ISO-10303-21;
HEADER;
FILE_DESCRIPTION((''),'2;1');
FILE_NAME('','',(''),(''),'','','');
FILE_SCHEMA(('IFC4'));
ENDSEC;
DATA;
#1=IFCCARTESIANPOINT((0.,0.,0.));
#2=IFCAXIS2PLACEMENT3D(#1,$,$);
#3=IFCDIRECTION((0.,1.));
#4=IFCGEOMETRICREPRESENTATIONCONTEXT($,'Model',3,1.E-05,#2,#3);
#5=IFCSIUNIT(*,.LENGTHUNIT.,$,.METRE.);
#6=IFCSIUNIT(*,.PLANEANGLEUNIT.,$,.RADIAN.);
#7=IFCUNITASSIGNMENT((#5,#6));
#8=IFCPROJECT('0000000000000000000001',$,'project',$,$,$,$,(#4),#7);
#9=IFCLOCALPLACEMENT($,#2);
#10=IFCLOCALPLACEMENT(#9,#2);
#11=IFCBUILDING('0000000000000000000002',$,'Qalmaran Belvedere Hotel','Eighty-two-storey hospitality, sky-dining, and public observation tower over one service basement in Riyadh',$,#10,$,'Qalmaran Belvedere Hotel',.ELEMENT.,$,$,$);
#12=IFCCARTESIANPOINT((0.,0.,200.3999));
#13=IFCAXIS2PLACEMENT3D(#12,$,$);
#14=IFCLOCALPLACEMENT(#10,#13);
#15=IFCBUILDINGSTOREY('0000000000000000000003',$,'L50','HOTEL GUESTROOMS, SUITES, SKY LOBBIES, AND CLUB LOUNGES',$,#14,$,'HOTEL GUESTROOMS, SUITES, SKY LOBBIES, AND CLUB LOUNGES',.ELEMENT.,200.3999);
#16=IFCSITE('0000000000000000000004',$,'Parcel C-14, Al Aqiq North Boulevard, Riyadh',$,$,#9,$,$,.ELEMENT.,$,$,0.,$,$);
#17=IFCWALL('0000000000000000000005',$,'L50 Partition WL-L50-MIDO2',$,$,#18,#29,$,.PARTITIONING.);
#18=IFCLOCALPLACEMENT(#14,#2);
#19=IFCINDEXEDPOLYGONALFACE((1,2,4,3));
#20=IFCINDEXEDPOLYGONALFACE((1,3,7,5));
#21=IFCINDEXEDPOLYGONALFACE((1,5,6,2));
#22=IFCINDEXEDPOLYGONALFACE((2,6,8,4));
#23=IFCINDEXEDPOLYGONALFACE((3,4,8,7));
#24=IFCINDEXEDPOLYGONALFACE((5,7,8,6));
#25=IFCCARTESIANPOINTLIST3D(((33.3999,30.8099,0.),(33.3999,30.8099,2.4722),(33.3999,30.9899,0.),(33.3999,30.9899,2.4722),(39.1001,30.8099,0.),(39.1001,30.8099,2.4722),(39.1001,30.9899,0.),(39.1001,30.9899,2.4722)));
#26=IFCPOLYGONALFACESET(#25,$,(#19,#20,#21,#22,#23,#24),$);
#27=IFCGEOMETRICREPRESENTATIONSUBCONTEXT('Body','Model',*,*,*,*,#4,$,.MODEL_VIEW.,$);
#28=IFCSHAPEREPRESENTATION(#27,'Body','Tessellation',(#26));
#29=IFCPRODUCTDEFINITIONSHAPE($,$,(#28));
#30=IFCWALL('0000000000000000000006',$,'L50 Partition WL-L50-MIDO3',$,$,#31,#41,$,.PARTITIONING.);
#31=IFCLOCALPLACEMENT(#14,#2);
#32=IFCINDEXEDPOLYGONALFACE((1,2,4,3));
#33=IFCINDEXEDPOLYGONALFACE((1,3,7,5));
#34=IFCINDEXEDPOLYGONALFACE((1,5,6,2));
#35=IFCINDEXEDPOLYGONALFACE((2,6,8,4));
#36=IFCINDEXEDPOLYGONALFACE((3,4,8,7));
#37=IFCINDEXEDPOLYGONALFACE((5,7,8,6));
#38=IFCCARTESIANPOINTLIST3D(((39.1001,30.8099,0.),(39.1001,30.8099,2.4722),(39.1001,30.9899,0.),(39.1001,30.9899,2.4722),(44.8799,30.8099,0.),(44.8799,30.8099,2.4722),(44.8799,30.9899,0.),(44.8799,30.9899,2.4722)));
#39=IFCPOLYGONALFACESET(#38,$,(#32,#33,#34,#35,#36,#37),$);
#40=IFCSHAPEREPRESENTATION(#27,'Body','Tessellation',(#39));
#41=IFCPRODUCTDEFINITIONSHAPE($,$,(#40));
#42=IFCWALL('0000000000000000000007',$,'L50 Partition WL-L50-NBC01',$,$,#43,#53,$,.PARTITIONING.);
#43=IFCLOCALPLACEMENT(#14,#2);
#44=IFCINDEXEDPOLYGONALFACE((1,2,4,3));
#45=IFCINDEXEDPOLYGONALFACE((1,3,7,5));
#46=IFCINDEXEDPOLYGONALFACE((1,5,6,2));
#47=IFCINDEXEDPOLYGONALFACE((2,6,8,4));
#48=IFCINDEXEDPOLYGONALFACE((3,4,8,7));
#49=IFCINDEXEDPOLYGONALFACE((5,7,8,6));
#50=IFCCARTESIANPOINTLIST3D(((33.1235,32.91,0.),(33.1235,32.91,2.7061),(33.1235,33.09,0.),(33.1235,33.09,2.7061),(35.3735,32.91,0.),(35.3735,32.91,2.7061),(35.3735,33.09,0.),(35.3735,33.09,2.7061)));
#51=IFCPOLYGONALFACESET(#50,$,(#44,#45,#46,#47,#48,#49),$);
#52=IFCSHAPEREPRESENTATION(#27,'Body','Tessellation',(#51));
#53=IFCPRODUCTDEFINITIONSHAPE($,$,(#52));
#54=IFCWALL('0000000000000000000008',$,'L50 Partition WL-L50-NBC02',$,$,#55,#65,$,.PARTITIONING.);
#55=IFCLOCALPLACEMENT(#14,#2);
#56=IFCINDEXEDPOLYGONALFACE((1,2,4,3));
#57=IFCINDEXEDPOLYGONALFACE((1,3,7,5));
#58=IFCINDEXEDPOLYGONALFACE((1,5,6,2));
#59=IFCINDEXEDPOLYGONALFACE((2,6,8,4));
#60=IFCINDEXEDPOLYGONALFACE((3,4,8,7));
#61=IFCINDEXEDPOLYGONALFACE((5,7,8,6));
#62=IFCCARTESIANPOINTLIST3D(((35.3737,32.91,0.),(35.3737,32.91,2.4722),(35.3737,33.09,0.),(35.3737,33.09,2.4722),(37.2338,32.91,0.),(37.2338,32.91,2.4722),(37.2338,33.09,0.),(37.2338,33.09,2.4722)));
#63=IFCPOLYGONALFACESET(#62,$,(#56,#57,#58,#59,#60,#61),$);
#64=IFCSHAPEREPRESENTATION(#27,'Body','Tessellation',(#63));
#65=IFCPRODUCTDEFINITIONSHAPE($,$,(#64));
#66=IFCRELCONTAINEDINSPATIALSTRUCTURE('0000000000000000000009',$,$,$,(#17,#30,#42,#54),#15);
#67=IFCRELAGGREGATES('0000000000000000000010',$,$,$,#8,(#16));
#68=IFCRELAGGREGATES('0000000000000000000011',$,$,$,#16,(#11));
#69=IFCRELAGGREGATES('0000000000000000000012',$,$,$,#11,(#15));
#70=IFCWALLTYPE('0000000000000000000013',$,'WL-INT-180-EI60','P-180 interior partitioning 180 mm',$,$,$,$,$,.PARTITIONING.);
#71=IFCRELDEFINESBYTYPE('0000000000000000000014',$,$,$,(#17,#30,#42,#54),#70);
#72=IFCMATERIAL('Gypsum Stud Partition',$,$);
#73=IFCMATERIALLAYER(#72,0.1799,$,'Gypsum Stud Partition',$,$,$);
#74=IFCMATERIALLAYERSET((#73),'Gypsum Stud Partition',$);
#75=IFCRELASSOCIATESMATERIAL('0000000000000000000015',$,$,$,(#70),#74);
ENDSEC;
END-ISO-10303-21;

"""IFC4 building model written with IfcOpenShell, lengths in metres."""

from ifc_helpers import new_model, si_unit, direction, frame, frame_2d, origin, place, context, subcontext, project, spatial, rectangle, extrude, material, layer, layer_set, type_object, element, save


model = new_model("IFC4")

# Units and contexts
model_context = context("Model", 3, precision=1e-05, world=origin(), true_north=direction((0.0, 1.0)))
body_context = subcontext(model_context, "Body", "Model", "MODEL_VIEW")
ifc_project = project(units=[si_unit("LENGTHUNIT", "METRE"), si_unit("PLANEANGLEUNIT", "RADIAN")], contexts=[model_context])

# Site, building, storey
site_placement = place(None, origin())
site = spatial("IfcSite", under=ifc_project, at=site_placement, Name="Parcel C-14, Al Aqiq North Boulevard, Riyadh", CompositionType="ELEMENT", RefElevation=0.0)
building_placement = place(site_placement, origin())
building = spatial("IfcBuilding", under=site, at=building_placement, Name="Qalmaran Belvedere Hotel", Description="Eighty-two-storey hospitality, sky-dining, and public observation tower over one service basement in Riyadh", LongName="Qalmaran Belvedere Hotel", CompositionType="ELEMENT")
storey_placement = place(building_placement, frame((0.0, 0.0, 200.3999)))
storey = spatial("IfcBuildingStorey", under=building, at=storey_placement, Name="L50", Description="HOTEL GUESTROOMS, SUITES, SKY LOBBIES, AND CLUB LOUNGES", LongName="HOTEL GUESTROOMS, SUITES, SKY LOBBIES, AND CLUB LOUNGES", CompositionType="ELEMENT", Elevation=200.3999)

# Shared definitions
ifc_material_1 = material(Name="Gypsum Stud Partition")

# Shared definitions
ifc_layer_1 = layer(ifc_material_1, 0.1799, Name="Gypsum Stud Partition")
ifc_layer_set_1 = layer_set([ifc_layer_1], Name="Gypsum Stud Partition")
wall_type_1 = type_object("IfcWallType", Name="WL-INT-180-EI60", Description="P-180 interior partitioning 180 mm", PredefinedType="PARTITIONING", material=ifc_layer_set_1)

# Wall
wall_1_placement = place(storey_placement, frame((33.3999, 30.8999, 0.0), z_axis=(0.0, 0.0, 1.0), x_axis=(1.0, 0.0, 0.0)))
element("IfcWall", 1, at=wall_1_placement, inside=storey, type_object=wall_type_1, Name="L50 Partition WL-L50-MIDO2", PredefinedType="PARTITIONING", context=body_context, shape_type="SweptSolid", body=[
    extrude(rectangle(XDim=5.7002, YDim=0.1799, at=frame_2d((2.8501, 0.0))), origin(), (0.0, 0.0, 1.0), 2.4722),
])

# Walls
wall_2_placement = place(storey_placement, frame((39.1001, 30.8999, 0.0), z_axis=(0.0, 0.0, 1.0), x_axis=(1.0, 0.0, 0.0)))
element("IfcWall", 2, at=wall_2_placement, inside=storey, type_object=wall_type_1, Name="L50 Partition WL-L50-MIDO3", PredefinedType="PARTITIONING", context=body_context, shape_type="SweptSolid", body=[
    extrude(rectangle(XDim=5.7798, YDim=0.1799, at=frame_2d((2.8899, 0.0))), origin(), (0.0, 0.0, 1.0), 2.4722),
])
wall_3_placement = place(storey_placement, frame((33.1235, 33.0, 0.0), z_axis=(0.0, 0.0, 1.0), x_axis=(1.0, 0.0, 0.0)))
element("IfcWall", 3, at=wall_3_placement, inside=storey, type_object=wall_type_1, Name="L50 Partition WL-L50-NBC01", PredefinedType="PARTITIONING", context=body_context, shape_type="SweptSolid", body=[
    extrude(rectangle(XDim=2.25, YDim=0.1799, at=frame_2d((1.125, 0.0))), origin(), (0.0, 0.0, 1.0), 2.7061),
])
wall_4_placement = place(storey_placement, frame((35.3735, 33.0, 0.0), z_axis=(0.0, 0.0, 1.0), x_axis=(1.0, 0.0, 0.0)))
element("IfcWall", 4, at=wall_4_placement, inside=storey, type_object=wall_type_1, Name="L50 Partition WL-L50-NBC02", PredefinedType="PARTITIONING", context=body_context, shape_type="SweptSolid", body=[
    extrude(rectangle(XDim=1.8601, YDim=0.1799, at=frame_2d((0.9302, 0.0))), origin(), (0.0, 0.0, 1.0), 2.4722),
])

save(model, "model.ifc")
